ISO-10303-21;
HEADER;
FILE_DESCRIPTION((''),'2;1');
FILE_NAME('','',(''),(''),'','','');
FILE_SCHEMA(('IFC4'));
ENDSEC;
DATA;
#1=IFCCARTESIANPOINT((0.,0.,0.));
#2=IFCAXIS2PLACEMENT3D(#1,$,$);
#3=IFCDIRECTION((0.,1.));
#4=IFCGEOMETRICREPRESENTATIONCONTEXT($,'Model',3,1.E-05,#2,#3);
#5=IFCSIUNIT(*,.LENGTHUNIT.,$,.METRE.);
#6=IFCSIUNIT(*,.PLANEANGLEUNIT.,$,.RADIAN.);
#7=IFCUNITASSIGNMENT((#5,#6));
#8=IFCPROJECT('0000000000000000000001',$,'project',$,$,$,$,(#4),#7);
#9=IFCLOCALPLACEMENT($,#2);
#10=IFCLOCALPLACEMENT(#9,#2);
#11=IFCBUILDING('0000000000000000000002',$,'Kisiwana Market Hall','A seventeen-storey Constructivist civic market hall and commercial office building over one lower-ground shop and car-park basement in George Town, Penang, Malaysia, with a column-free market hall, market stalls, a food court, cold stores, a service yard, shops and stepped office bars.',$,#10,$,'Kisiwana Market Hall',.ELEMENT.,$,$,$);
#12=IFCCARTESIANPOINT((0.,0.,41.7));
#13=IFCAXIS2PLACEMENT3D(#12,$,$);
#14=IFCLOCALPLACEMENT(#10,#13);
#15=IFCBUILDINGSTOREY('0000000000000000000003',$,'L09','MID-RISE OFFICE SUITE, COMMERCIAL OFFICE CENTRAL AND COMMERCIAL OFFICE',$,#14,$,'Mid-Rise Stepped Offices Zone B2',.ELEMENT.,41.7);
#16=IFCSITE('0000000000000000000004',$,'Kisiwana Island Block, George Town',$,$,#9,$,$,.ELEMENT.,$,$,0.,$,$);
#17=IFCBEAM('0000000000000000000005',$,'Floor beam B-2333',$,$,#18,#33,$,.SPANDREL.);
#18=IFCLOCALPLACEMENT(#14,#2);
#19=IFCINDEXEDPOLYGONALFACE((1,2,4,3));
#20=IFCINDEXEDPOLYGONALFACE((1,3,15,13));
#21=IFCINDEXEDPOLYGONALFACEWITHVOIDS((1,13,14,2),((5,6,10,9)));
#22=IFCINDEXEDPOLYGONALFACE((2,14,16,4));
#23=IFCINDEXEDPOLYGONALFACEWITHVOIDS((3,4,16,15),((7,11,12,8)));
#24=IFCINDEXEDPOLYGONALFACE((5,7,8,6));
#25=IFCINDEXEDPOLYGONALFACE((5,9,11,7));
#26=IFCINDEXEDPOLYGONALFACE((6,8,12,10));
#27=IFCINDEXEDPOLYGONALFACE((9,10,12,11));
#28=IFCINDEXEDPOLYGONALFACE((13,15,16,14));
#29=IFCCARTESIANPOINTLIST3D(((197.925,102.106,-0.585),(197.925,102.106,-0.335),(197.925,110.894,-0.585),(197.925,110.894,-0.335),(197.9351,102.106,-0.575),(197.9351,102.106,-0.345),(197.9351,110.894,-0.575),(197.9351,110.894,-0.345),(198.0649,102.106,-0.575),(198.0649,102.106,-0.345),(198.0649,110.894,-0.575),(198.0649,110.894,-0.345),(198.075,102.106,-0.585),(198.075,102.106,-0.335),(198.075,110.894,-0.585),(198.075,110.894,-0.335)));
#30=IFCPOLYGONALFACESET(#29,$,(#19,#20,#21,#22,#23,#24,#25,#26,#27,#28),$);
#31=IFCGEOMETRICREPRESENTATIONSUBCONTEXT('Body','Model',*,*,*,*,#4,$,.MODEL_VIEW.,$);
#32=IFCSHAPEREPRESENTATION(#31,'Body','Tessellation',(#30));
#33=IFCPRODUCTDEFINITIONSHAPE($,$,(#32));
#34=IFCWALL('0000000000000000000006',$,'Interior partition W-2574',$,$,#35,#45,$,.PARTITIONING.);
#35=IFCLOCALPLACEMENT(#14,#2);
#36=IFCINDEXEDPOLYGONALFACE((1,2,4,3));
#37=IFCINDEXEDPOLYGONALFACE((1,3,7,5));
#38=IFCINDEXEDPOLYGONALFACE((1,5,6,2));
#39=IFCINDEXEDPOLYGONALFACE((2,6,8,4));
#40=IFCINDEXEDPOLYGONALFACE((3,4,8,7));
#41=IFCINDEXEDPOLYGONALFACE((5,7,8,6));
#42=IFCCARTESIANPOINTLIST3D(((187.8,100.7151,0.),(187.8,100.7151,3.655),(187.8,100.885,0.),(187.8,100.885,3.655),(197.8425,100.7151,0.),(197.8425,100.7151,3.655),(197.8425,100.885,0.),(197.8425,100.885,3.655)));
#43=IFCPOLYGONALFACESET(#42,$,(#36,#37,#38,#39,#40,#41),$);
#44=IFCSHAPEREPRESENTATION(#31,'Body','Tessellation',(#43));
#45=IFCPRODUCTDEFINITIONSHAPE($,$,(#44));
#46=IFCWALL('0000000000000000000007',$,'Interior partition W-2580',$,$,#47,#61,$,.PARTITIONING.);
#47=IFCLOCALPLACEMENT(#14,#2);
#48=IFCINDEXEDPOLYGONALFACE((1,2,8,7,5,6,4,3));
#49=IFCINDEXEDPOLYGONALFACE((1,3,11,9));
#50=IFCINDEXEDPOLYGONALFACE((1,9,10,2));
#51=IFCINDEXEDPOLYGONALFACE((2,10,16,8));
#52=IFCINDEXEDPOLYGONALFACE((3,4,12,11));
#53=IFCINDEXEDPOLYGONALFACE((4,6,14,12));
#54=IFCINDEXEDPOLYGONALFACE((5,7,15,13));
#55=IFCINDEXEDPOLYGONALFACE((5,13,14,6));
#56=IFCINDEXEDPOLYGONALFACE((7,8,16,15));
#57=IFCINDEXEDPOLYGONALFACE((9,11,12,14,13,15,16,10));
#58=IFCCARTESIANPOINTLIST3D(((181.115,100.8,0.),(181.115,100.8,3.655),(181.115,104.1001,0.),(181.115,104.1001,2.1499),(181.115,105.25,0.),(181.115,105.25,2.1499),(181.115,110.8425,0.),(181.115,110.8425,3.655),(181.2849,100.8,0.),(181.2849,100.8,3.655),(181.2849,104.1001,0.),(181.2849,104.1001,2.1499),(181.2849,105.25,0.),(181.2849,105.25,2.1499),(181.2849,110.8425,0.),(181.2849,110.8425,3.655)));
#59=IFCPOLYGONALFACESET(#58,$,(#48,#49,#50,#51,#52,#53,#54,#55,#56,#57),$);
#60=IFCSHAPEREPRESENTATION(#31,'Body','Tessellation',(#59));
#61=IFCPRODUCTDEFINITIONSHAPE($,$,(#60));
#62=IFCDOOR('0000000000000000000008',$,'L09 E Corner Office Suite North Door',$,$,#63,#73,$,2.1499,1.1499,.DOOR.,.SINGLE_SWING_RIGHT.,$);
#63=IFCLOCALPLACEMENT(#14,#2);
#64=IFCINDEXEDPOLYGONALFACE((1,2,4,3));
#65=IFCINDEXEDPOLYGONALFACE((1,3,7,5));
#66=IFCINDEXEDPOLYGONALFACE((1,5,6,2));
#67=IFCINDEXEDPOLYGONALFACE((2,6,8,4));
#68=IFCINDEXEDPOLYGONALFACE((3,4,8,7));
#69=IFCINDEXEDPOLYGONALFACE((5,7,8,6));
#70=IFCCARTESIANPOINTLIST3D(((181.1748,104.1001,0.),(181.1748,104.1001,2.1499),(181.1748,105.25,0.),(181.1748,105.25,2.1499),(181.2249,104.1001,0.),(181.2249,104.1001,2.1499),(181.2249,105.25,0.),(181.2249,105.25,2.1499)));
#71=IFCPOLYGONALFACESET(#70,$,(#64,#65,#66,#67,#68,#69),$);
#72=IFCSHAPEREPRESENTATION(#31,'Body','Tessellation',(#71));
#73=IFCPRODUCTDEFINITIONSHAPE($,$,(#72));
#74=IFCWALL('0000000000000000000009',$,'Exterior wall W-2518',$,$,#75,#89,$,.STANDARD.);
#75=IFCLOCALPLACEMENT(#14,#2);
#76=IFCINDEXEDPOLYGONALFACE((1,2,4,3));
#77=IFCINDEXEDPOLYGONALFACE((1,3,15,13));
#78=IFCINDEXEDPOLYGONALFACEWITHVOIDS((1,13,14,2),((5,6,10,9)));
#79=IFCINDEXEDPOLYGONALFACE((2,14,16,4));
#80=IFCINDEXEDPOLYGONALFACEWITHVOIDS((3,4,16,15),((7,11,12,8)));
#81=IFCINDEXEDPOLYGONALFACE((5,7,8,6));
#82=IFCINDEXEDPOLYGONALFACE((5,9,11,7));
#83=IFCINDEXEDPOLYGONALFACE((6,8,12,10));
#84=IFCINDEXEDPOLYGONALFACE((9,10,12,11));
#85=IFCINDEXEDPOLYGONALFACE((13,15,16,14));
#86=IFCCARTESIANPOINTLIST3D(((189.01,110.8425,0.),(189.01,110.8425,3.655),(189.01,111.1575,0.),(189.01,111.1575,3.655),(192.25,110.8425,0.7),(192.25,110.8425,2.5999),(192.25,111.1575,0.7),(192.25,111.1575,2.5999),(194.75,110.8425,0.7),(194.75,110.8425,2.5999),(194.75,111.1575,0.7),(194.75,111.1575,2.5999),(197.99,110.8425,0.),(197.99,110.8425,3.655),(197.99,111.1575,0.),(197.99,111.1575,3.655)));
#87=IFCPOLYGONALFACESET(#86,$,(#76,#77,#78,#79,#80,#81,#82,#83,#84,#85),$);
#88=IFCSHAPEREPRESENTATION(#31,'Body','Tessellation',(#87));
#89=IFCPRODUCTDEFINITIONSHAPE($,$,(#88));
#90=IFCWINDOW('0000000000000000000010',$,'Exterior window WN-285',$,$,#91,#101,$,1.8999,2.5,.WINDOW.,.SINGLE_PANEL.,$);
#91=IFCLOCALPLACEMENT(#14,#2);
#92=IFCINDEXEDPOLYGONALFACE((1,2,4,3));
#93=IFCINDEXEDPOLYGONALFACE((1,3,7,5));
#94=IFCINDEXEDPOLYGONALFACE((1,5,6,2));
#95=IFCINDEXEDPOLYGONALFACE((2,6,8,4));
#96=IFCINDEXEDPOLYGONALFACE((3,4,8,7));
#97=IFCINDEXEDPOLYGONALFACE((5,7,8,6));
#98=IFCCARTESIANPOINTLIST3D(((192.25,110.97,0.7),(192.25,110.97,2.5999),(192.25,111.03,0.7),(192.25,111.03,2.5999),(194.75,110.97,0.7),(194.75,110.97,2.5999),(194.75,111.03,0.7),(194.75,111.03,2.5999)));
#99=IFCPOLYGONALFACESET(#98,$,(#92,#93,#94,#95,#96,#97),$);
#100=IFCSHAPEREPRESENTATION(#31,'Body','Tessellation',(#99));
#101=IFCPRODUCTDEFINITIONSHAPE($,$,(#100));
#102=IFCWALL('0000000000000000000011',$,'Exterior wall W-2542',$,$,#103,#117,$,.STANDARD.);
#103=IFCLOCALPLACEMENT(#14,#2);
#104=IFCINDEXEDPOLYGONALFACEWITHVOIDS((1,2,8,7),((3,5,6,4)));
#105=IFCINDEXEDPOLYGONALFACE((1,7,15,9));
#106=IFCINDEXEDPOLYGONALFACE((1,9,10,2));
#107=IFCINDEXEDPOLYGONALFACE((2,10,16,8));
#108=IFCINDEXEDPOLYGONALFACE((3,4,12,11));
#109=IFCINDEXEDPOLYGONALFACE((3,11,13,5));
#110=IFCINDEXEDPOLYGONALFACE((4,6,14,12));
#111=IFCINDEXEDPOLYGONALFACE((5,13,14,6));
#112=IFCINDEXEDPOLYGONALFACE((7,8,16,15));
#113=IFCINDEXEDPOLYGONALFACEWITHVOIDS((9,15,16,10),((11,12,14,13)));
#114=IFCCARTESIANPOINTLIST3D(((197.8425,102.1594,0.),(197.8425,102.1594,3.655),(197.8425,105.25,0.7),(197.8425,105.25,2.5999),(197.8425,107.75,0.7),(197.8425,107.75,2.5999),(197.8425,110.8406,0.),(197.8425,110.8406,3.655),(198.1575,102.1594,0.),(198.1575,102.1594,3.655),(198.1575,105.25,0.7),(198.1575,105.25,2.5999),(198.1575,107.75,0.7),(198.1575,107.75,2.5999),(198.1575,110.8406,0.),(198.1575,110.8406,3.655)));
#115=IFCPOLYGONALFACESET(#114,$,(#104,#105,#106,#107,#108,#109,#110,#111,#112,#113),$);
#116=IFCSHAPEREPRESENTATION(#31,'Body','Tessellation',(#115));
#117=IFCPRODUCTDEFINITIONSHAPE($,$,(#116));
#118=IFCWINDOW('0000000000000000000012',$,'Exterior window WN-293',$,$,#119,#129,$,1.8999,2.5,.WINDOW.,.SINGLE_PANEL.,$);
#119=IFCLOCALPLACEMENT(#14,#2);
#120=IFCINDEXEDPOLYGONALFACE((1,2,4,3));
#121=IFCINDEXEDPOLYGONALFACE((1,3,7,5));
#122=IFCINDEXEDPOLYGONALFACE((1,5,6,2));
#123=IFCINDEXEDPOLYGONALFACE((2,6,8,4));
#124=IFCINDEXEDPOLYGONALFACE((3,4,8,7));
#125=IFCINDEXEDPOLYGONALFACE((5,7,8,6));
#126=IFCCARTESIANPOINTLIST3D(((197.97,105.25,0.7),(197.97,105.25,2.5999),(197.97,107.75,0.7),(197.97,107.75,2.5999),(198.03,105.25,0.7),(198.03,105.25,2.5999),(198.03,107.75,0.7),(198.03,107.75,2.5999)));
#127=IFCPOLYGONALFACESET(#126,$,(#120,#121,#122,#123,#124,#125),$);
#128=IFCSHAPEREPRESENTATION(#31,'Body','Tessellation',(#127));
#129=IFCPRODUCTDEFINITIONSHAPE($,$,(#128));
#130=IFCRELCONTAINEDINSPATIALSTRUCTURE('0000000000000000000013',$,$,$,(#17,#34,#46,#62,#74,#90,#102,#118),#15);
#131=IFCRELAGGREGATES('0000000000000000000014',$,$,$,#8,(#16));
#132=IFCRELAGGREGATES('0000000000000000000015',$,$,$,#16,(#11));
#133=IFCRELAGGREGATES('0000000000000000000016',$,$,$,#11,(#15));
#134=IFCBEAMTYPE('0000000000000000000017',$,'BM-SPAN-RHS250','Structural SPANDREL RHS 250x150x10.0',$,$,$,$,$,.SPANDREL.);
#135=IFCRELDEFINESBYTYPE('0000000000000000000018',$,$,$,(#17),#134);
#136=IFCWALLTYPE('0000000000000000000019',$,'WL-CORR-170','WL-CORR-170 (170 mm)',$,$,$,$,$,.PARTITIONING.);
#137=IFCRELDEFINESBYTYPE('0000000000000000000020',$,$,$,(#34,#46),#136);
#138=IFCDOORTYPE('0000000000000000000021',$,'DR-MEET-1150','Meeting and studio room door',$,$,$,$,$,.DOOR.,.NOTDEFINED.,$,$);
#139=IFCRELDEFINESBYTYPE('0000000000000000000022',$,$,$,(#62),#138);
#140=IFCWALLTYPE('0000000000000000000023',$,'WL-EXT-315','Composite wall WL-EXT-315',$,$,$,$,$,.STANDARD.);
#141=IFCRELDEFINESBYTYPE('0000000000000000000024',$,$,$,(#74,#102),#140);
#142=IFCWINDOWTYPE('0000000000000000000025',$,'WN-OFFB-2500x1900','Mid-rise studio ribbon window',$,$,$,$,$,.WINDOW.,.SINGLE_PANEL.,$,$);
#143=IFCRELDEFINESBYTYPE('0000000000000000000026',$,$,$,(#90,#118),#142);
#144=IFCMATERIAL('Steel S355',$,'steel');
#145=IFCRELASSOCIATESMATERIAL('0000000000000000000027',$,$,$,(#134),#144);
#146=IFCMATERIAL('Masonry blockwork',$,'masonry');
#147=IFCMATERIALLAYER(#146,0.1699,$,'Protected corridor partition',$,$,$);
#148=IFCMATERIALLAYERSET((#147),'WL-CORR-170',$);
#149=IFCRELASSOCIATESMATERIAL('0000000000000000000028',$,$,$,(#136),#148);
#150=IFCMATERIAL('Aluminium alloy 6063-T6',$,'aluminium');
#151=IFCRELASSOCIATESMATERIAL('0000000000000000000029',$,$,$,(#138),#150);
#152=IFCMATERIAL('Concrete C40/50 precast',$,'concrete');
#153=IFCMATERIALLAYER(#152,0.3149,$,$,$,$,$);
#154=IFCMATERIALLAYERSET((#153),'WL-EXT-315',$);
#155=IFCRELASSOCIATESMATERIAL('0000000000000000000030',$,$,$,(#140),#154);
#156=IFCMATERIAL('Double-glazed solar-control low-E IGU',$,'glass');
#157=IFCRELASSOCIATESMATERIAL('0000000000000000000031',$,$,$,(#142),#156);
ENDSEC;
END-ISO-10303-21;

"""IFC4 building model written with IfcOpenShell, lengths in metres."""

from ifc_helpers import new_model, si_unit, direction, frame, frame_2d, origin, origin_2d, place, context, subcontext, project, spatial, rectangle, hollow_rectangle, extrude, material, layer, layer_set, material_profile, profile_set, type_object, element, fill, save


model = new_model("IFC4")

# Units and contexts
model_context = context("Model", 3, precision=1e-05, world=origin(), true_north=direction((0.0, 1.0)))
body_context = subcontext(model_context, "Body", "Model", "MODEL_VIEW")
ifc_project = project(units=[si_unit("LENGTHUNIT", "METRE"), si_unit("PLANEANGLEUNIT", "RADIAN")], contexts=[model_context])

# Site, building, storey
site_placement = place(None, origin())
site = spatial("IfcSite", under=ifc_project, at=site_placement, Name="Kisiwana Island Block, George Town", CompositionType="ELEMENT", RefElevation=0.0)
building_placement = place(site_placement, origin())
building = spatial("IfcBuilding", under=site, at=building_placement, Name="Kisiwana Market Hall", Description="A seventeen-storey Constructivist civic market hall and commercial office building over one lower-ground shop and car-park basement in George Town, Penang, Malaysia, with a column-free market hall, market stalls, a food court, cold stores, a service yard, shops and stepped office bars.", LongName="Kisiwana Market Hall", CompositionType="ELEMENT")
storey_placement = place(building_placement, frame((0.0, 0.0, 41.7)))
storey = spatial("IfcBuildingStorey", under=building, at=storey_placement, Name="L09", Description="MID-RISE OFFICE SUITE, COMMERCIAL OFFICE CENTRAL AND COMMERCIAL OFFICE", LongName="Mid-Rise Stepped Offices Zone B2", CompositionType="ELEMENT", Elevation=41.7)

# Beam
ifc_material_1 = material(Name="Steel S355", Category="steel")
ifc_material_profile_1 = material_profile(ifc_material_1, hollow_rectangle(XDim=0.1499, YDim=0.25, WallThickness=0.01, at=origin_2d()), Name="RHS 250x150x10.0")
ifc_profile_set_1 = profile_set([ifc_material_profile_1], Name="Steel S355")
beam_type_1 = type_object("IfcBeamType", Name="BM-SPAN-RHS250", Description="Structural SPANDREL RHS 250x150x10.0", PredefinedType="SPANDREL", material=ifc_profile_set_1)
beam_1_placement = place(storey_placement, frame((198.0, 102.106, -0.46), z_axis=(0.0, 1.0, 0.0), x_axis=(-1.0, 0.0, 0.0)))
element("IfcBeam", 1, at=beam_1_placement, inside=storey, type_object=beam_type_1, Name="Floor beam B-2333", PredefinedType="SPANDREL", context=body_context, shape_type="SweptSolid", body=[
    extrude(hollow_rectangle(XDim=0.1499, YDim=0.25, WallThickness=0.01, at=origin_2d()), origin(), (0.0, 0.0, 1.0), 8.7881),
])

# Wall
ifc_material_2 = material(Name="Masonry blockwork", Category="masonry")
ifc_layer_1 = layer(ifc_material_2, 0.1699, Name="Protected corridor partition")
ifc_layer_set_1 = layer_set([ifc_layer_1], Name="WL-CORR-170")
wall_type_1 = type_object("IfcWallType", Name="WL-CORR-170", Description="WL-CORR-170 (170 mm)", PredefinedType="PARTITIONING", material=ifc_layer_set_1)
wall_1_placement = place(storey_placement, frame((187.8, 100.8, 0.0), z_axis=(0.0, 0.0, 1.0), x_axis=(1.0, 0.0, 0.0)))
element("IfcWall", 2, at=wall_1_placement, inside=storey, type_object=wall_type_1, Name="Interior partition W-2574", PredefinedType="PARTITIONING", context=body_context, shape_type="SweptSolid", body=[
    extrude(rectangle(XDim=10.0425, YDim=0.1699, at=frame_2d((5.0212, 0.0))), origin(), (0.0, 0.0, 1.0), 3.655),
])

# Wall, opening, door
wall_2_placement = place(storey_placement, frame((181.2, 100.8, 0.0), z_axis=(0.0, 0.0, 1.0), x_axis=(0.0, 1.0, 0.0)))
wall_2 = element("IfcWall", 3, at=wall_2_placement, inside=storey, type_object=wall_type_1, Name="Interior partition W-2580", PredefinedType="PARTITIONING", context=body_context, shape_type="SweptSolid", body=[
    extrude(rectangle(XDim=10.0425, YDim=0.1699, at=frame_2d((5.0212, 0.0))), origin(), (0.0, 0.0, 1.0), 3.655),
])
opening_1_placement = place(wall_2_placement, frame((3.3, 0.0, 0.0)))
opening_1 = element("IfcOpeningElement", 4, at=opening_1_placement, cuts=wall_2, PredefinedType="OPENING", context=body_context, shape_type="SweptSolid", body=[
    extrude(rectangle(XDim=1.1499, YDim=2.1499, at=frame_2d((0.575, 1.075))), frame((0.0, 0.0969, 0.0), z_axis=(0.0, -1.0, 0.0), x_axis=(1.0, 0.0, 0.0)), (0.0, 0.0, 1.0), 0.1938),
])
ifc_material_3 = material(Name="Aluminium alloy 6063-T6", Category="aluminium")
door_type = type_object("IfcDoorType", Name="DR-MEET-1150", Description="Meeting and studio room door", OperationType="NOTDEFINED", PredefinedType="DOOR", material=ifc_material_3)
door_placement = place(opening_1_placement, frame((1.1499, 0.0, 0.0), z_axis=(0.0, 0.0, 1.0), x_axis=(-1.0, 0.0, 0.0)))
door = element("IfcDoor", 5, at=door_placement, inside=storey, type_object=door_type, Name="L09 E Corner Office Suite North Door", OperationType="SINGLE_SWING_RIGHT", OverallHeight=2.1499, OverallWidth=1.1499, PredefinedType="DOOR", context=body_context, shape_type="SweptSolid", body=[
    extrude(rectangle(XDim=1.1499, YDim=2.1499, at=frame_2d((0.575, 1.075))), frame((0.0, 0.0249, 0.0), z_axis=(0.0, -1.0, 0.0), x_axis=(1.0, 0.0, 0.0)), (0.0, 0.0, 1.0), 0.05),
])
fill(opening_1, door)

# Walls, openings, windows
ifc_material_4 = material(Name="Concrete C40/50 precast", Category="concrete")
ifc_layer_2 = layer(ifc_material_4, 0.3149)
ifc_layer_set_2 = layer_set([ifc_layer_2], Name="WL-EXT-315")
wall_type_2 = type_object("IfcWallType", Name="WL-EXT-315", Description="Composite wall WL-EXT-315", PredefinedType="STANDARD", material=ifc_layer_set_2)
wall_3_placement = place(storey_placement, frame((189.01, 111.0, 0.0), z_axis=(0.0, 0.0, 1.0), x_axis=(1.0, 0.0, 0.0)))
wall_3 = element("IfcWall", 6, at=wall_3_placement, inside=storey, type_object=wall_type_2, Name="Exterior wall W-2518", PredefinedType="STANDARD", context=body_context, shape_type="SweptSolid", body=[
    extrude(rectangle(XDim=8.98, YDim=0.3149, at=frame_2d((4.49, 0.0))), origin(), (0.0, 0.0, 1.0), 3.655),
])
opening_2_placement = place(wall_3_placement, frame((3.24, 0.0, 0.7)))
opening_2 = element("IfcOpeningElement", 7, at=opening_2_placement, cuts=wall_3, PredefinedType="OPENING", context=body_context, shape_type="SweptSolid", body=[
    extrude(rectangle(XDim=2.5, YDim=1.8999, at=frame_2d((1.25, 0.95))), frame((0.0, 0.1694, 0.0), z_axis=(0.0, -1.0, 0.0), x_axis=(1.0, 0.0, 0.0)), (0.0, 0.0, 1.0), 0.3389),
])
ifc_material_5 = material(Name="Double-glazed solar-control low-E IGU", Category="glass")
window_type = type_object("IfcWindowType", Name="WN-OFFB-2500x1900", Description="Mid-rise studio ribbon window", PartitioningType="SINGLE_PANEL", PredefinedType="WINDOW", material=ifc_material_5)
window_1_placement = place(opening_2_placement, origin())
window_1 = element("IfcWindow", 8, at=window_1_placement, inside=storey, type_object=window_type, Name="Exterior window WN-285", OverallHeight=1.8999, OverallWidth=2.5, PartitioningType="SINGLE_PANEL", PredefinedType="WINDOW", context=body_context, shape_type="SweptSolid", body=[
    extrude(rectangle(XDim=2.5, YDim=1.8999, at=frame_2d((1.25, 0.95))), frame((0.0, 0.03, 0.0), z_axis=(0.0, -1.0, 0.0), x_axis=(1.0, 0.0, 0.0)), (0.0, 0.0, 1.0), 0.0601),
])
fill(opening_2, window_1)
wall_4_placement = place(storey_placement, frame((198.0, 102.1594, 0.0), z_axis=(0.0, 0.0, 1.0), x_axis=(0.0, 1.0, 0.0)))
wall_4 = element("IfcWall", 9, at=wall_4_placement, inside=storey, type_object=wall_type_2, Name="Exterior wall W-2542", PredefinedType="STANDARD", context=body_context, shape_type="SweptSolid", body=[
    extrude(rectangle(XDim=8.6812, YDim=0.3149, at=frame_2d((4.3406, 0.0))), origin(), (0.0, 0.0, 1.0), 3.655),
])
opening_3_placement = place(wall_4_placement, frame((3.0906, 0.0, 0.7)))
opening_3 = element("IfcOpeningElement", 10, at=opening_3_placement, cuts=wall_4, PredefinedType="OPENING", context=body_context, shape_type="SweptSolid", body=[
    extrude(rectangle(XDim=2.5, YDim=1.8999, at=frame_2d((1.25, 0.95))), frame((0.0, 0.1694, 0.0), z_axis=(0.0, -1.0, 0.0), x_axis=(1.0, 0.0, 0.0)), (0.0, 0.0, 1.0), 0.3389),
])
window_2_placement = place(opening_3_placement, origin())
window_2 = element("IfcWindow", 11, at=window_2_placement, inside=storey, type_object=window_type, Name="Exterior window WN-293", OverallHeight=1.8999, OverallWidth=2.5, PartitioningType="SINGLE_PANEL", PredefinedType="WINDOW", context=body_context, shape_type="SweptSolid", body=[
    extrude(rectangle(XDim=2.5, YDim=1.8999, at=frame_2d((1.25, 0.95))), frame((0.0, 0.03, 0.0), z_axis=(0.0, -1.0, 0.0), x_axis=(1.0, 0.0, 0.0)), (0.0, 0.0, 1.0), 0.0601),
])
fill(opening_3, window_2)

save(model, "model.ifc")
